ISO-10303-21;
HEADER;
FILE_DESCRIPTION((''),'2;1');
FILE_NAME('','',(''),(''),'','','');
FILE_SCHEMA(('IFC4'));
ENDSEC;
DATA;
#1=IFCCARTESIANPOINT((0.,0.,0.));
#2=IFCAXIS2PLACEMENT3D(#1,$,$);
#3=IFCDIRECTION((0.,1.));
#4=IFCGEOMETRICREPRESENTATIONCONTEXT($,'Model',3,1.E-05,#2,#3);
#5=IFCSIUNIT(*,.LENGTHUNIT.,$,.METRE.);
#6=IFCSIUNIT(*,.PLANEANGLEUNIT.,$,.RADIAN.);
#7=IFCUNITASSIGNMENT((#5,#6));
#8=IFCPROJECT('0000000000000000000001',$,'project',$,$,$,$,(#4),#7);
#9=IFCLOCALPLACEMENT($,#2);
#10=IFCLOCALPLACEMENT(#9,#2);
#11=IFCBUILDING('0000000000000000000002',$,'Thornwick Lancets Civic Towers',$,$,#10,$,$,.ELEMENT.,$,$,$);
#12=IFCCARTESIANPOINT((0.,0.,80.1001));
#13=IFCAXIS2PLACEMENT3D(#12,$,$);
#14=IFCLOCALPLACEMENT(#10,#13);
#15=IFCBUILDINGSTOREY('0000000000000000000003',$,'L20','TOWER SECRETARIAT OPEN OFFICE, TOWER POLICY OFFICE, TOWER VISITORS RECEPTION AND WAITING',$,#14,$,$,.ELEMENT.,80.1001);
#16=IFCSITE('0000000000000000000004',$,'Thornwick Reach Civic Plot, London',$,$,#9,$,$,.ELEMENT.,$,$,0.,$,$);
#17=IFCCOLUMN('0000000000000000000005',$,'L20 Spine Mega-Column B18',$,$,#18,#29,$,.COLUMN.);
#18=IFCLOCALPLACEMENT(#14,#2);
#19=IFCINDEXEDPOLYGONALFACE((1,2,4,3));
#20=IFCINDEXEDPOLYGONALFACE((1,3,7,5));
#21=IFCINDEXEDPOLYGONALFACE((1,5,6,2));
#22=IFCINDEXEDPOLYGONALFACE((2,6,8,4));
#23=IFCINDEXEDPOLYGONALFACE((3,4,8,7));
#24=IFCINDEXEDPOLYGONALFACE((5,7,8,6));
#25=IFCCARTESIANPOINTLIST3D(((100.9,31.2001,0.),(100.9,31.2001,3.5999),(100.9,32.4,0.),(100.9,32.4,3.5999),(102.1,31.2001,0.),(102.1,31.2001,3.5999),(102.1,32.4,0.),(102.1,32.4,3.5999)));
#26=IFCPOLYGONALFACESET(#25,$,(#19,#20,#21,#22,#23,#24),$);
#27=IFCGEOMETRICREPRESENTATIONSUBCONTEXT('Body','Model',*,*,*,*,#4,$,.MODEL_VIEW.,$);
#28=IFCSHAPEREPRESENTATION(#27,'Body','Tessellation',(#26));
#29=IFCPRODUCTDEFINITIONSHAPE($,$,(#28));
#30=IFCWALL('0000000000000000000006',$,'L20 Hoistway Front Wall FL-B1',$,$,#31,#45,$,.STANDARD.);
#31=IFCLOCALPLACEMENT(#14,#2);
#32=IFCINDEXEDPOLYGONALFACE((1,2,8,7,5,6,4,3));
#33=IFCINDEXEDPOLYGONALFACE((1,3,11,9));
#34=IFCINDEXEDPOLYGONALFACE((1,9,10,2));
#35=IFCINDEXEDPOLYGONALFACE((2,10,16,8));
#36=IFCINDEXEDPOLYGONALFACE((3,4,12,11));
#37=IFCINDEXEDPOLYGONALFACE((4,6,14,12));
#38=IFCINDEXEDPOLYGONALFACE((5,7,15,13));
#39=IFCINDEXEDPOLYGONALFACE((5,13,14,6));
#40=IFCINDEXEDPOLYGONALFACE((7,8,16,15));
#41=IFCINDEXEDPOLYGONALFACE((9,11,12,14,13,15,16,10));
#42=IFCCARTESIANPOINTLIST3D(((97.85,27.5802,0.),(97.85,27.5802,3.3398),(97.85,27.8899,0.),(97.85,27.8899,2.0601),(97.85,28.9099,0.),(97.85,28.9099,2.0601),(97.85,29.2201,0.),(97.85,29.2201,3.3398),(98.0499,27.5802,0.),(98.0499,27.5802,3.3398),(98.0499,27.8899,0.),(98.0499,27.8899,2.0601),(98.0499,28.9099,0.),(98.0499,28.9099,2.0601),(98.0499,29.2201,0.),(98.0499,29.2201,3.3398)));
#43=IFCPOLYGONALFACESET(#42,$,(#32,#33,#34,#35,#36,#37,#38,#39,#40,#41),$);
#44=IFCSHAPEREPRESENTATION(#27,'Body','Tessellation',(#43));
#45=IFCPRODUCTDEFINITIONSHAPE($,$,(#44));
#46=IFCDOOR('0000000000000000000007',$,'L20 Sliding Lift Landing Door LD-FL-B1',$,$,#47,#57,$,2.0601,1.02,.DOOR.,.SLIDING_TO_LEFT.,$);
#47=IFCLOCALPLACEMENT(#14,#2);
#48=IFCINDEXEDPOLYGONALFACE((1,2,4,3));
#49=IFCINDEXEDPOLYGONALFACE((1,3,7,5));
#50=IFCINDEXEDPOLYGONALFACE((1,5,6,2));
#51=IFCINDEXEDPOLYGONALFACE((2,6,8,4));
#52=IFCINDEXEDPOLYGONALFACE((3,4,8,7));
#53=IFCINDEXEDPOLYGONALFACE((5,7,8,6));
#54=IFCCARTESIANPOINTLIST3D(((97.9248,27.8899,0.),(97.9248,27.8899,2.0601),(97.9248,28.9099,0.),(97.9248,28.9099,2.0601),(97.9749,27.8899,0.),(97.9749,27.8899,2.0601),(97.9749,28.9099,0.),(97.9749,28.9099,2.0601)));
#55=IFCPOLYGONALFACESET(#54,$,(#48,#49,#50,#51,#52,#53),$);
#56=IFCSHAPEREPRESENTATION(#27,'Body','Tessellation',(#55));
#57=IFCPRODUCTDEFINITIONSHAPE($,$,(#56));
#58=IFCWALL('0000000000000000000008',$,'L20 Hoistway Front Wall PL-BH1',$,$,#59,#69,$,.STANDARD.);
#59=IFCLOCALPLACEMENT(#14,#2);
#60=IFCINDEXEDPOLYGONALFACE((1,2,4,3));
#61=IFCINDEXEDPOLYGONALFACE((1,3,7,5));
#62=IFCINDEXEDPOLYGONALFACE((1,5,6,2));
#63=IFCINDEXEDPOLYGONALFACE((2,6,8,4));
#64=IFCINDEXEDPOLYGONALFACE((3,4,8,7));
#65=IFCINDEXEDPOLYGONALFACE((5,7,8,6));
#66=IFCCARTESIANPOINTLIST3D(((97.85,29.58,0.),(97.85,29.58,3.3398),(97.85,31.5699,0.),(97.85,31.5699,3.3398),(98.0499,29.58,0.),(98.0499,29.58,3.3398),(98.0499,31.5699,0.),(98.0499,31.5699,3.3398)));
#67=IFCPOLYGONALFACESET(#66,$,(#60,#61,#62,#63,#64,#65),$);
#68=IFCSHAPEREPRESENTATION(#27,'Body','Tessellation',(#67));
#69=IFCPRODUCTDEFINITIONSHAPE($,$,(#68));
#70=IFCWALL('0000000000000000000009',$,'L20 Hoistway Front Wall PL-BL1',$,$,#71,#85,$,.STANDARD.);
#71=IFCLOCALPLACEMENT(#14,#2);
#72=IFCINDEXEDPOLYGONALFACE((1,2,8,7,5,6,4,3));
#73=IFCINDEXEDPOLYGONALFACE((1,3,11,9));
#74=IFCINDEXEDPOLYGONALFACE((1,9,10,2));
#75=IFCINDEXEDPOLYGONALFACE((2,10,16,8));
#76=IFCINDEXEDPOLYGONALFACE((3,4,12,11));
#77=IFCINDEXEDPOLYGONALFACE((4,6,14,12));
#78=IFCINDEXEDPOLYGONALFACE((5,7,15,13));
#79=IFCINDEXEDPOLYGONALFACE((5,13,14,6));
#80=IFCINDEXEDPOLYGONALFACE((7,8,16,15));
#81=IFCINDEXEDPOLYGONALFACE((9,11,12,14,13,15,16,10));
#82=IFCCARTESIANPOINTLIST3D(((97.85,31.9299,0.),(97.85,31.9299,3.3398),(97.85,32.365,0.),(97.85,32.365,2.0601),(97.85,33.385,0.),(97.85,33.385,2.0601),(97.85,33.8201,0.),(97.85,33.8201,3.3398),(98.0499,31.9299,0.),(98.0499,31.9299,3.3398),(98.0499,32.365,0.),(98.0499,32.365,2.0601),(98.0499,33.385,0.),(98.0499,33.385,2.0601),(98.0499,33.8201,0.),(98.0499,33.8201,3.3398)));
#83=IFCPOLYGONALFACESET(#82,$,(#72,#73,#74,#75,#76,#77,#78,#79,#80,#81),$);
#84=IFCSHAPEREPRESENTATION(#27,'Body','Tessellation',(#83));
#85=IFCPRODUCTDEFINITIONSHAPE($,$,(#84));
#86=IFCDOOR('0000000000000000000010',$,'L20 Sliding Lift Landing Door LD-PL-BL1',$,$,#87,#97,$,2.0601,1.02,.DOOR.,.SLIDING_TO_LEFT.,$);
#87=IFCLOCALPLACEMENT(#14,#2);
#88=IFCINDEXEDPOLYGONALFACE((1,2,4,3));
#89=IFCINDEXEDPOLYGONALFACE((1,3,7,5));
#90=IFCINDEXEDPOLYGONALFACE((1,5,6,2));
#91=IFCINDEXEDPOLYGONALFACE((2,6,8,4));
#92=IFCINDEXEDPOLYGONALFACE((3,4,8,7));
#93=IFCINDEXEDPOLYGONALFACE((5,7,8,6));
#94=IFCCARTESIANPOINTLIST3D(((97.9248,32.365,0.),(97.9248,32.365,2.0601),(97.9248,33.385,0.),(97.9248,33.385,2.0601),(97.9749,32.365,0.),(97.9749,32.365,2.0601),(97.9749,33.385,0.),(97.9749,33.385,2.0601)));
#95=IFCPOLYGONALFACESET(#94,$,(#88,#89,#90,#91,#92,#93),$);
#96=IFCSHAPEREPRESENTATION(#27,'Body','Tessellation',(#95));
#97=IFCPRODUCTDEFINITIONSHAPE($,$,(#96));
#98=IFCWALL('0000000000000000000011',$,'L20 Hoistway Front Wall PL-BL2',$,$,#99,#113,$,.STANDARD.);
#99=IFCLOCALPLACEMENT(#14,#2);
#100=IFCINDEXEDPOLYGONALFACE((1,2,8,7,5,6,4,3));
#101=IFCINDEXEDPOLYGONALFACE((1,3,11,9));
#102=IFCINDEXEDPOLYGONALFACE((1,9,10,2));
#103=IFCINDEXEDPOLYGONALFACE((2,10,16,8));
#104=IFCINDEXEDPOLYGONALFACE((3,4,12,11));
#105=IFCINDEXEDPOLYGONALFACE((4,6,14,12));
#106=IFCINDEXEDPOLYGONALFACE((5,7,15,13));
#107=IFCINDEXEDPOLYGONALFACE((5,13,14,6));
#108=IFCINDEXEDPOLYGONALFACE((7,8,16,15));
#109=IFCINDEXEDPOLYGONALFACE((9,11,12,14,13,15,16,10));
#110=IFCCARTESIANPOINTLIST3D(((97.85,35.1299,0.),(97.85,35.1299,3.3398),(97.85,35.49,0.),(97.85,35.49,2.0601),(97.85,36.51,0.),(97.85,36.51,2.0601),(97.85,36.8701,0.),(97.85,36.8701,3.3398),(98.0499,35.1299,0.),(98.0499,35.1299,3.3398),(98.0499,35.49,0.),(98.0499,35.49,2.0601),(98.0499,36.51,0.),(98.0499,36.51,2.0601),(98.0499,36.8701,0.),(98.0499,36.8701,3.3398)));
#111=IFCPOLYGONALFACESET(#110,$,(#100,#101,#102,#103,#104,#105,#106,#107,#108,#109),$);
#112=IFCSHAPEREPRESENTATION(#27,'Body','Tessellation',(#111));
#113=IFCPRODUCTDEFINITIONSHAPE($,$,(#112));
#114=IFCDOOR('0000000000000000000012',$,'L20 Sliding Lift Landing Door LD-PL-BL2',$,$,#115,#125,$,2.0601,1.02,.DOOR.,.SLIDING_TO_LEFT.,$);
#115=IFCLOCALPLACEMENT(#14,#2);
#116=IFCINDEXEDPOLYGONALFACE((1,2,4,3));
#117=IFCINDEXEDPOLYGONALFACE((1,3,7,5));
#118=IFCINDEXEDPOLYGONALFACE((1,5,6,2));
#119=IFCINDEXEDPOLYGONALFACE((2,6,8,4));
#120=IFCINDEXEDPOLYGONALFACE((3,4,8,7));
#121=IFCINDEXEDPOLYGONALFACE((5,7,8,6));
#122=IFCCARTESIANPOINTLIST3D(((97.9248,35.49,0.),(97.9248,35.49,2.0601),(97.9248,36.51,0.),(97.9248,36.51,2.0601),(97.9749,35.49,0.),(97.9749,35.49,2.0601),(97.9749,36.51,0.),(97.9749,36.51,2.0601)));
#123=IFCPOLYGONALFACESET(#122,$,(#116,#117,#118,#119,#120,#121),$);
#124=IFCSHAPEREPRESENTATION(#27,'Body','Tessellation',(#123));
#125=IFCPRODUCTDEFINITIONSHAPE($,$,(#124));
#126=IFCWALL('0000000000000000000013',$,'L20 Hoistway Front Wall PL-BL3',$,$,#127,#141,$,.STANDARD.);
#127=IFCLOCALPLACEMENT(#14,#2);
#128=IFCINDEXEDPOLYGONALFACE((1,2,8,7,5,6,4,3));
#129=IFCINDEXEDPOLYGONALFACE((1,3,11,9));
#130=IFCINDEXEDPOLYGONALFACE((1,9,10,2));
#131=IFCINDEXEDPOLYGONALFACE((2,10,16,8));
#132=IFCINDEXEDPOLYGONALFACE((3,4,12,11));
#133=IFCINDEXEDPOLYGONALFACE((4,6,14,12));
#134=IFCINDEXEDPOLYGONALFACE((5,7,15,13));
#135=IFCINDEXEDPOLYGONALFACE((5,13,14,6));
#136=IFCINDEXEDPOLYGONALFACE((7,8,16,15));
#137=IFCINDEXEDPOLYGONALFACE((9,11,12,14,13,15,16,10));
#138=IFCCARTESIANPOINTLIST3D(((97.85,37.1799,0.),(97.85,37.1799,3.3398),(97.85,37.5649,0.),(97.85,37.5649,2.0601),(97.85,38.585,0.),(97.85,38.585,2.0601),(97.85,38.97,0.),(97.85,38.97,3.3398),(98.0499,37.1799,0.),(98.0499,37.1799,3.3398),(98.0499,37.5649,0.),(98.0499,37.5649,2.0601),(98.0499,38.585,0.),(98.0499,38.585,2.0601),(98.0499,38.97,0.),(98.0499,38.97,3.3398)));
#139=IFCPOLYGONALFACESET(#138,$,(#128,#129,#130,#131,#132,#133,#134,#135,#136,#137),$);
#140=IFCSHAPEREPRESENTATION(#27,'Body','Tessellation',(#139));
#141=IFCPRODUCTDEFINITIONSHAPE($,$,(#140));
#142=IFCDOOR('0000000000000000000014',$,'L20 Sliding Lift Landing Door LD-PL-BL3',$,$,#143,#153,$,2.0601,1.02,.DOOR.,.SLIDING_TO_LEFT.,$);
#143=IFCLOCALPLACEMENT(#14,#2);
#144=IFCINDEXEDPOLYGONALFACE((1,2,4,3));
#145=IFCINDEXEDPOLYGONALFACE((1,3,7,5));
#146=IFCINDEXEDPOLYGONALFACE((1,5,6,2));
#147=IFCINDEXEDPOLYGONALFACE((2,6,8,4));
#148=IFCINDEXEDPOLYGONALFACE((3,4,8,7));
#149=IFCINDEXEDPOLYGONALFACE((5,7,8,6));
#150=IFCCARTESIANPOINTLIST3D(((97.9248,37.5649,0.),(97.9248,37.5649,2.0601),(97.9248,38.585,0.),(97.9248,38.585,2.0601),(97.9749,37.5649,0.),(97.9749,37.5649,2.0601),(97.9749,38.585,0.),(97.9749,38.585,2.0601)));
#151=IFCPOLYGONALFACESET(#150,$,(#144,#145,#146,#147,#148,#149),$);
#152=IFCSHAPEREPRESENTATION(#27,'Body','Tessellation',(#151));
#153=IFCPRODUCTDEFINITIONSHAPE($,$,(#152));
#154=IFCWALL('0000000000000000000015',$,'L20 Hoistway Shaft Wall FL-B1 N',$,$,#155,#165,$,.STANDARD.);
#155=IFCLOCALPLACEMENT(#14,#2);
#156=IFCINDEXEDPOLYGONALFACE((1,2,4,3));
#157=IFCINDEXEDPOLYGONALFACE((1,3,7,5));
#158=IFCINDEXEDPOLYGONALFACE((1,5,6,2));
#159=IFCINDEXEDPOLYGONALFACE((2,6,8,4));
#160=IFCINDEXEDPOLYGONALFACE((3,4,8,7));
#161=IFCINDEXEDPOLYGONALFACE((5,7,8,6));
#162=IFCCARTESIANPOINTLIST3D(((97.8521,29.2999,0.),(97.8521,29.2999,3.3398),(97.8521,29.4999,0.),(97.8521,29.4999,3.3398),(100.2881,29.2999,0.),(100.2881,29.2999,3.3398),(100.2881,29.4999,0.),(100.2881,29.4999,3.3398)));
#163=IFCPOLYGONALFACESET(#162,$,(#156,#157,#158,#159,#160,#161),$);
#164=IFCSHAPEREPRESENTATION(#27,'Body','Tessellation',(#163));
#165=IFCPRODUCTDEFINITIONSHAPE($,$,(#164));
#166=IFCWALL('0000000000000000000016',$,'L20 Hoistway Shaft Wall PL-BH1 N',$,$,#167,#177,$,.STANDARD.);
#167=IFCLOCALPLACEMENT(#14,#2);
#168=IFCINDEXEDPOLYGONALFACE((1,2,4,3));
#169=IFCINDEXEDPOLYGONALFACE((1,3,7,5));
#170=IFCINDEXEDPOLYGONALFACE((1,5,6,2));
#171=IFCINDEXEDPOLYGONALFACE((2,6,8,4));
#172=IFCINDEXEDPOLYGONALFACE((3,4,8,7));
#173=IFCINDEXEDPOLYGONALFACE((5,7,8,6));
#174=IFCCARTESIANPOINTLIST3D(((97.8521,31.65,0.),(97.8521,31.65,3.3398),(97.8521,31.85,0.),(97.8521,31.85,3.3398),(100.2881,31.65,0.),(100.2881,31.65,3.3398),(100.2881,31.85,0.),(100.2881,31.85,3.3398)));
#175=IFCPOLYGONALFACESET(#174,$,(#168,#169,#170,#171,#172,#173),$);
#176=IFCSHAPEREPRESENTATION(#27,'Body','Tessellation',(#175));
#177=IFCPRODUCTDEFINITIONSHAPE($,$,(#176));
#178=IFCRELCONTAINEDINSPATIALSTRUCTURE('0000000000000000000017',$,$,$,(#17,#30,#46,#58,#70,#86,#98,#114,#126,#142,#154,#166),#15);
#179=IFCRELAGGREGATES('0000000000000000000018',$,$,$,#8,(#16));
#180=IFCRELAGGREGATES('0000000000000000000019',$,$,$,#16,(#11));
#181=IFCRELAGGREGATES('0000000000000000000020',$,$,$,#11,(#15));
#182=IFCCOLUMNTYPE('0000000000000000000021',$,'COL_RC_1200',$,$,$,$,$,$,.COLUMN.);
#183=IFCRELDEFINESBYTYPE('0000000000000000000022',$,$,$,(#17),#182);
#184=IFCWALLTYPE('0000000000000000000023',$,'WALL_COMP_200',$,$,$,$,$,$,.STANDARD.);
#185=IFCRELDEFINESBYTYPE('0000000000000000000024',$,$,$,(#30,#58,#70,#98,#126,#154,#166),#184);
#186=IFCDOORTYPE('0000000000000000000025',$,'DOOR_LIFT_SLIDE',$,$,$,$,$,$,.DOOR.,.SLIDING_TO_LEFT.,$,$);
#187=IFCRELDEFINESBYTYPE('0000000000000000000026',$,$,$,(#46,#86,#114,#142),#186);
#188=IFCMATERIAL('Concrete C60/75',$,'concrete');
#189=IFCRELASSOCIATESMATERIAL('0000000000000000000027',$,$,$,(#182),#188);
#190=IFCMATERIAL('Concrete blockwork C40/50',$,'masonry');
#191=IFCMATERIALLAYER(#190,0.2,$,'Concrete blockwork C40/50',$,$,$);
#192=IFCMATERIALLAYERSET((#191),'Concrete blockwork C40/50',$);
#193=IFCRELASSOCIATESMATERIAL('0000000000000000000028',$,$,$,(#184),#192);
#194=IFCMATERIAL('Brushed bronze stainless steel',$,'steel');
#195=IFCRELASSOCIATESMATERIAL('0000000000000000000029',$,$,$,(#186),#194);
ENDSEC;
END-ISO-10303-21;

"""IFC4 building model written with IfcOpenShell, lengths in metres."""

from ifc_helpers import new_model, si_unit, direction, frame, frame_2d, origin, origin_2d, place, context, subcontext, project, spatial, rectangle, extrude, material, layer, layer_set, material_profile, profile_set, type_object, element, fill, save


model = new_model("IFC4")

# Units and contexts
model_context = context("Model", 3, precision=1e-05, world=origin(), true_north=direction((0.0, 1.0)))
body_context = subcontext(model_context, "Body", "Model", "MODEL_VIEW")
ifc_project = project(units=[si_unit("LENGTHUNIT", "METRE"), si_unit("PLANEANGLEUNIT", "RADIAN")], contexts=[model_context])

# Site, building, storey
site_placement = place(None, origin())
site = spatial("IfcSite", under=ifc_project, at=site_placement, Name="Thornwick Reach Civic Plot, London", CompositionType="ELEMENT", RefElevation=0.0)
building_placement = place(site_placement, origin())
building = spatial("IfcBuilding", under=site, at=building_placement, Name="Thornwick Lancets Civic Towers", CompositionType="ELEMENT")
storey_placement = place(building_placement, frame((0.0, 0.0, 80.1001)))
storey = spatial("IfcBuildingStorey", under=building, at=storey_placement, Name="L20", Description="TOWER SECRETARIAT OPEN OFFICE, TOWER POLICY OFFICE, TOWER VISITORS RECEPTION AND WAITING", CompositionType="ELEMENT", Elevation=80.1001)

# Column
ifc_material_1 = material(Name="Concrete C60/75", Category="concrete")
ifc_material_profile = material_profile(ifc_material_1, rectangle(XDim=1.2, YDim=1.2, at=origin_2d()), Name="RC 1200x1200")
ifc_profile_set = profile_set([ifc_material_profile], Name="Concrete C60/75")
column_type = type_object("IfcColumnType", Name="COL_RC_1200", PredefinedType="COLUMN", material=ifc_profile_set)
column_placement = place(storey_placement, frame((101.5, 31.8, 0.0), z_axis=(0.0, 0.0, 1.0), x_axis=(1.0, 0.0, 0.0)))
element("IfcColumn", 1, at=column_placement, inside=storey, type_object=column_type, Name="L20 Spine Mega-Column B18", PredefinedType="COLUMN", context=body_context, shape_type="SweptSolid", body=[
    extrude(rectangle(XDim=1.2, YDim=1.2, at=origin_2d()), origin(), (0.0, 0.0, 1.0), 3.5999),
])

# Wall, opening, door
ifc_material_2 = material(Name="Concrete blockwork C40/50", Category="masonry")
ifc_layer = layer(ifc_material_2, 0.2, Name="Concrete blockwork C40/50")
ifc_layer_set = layer_set([ifc_layer], Name="Concrete blockwork C40/50")
wall_type = type_object("IfcWallType", Name="WALL_COMP_200", PredefinedType="STANDARD", material=ifc_layer_set)
wall_1_placement = place(storey_placement, frame((97.95, 29.22, 0.0), z_axis=(0.0, 0.0, 1.0), x_axis=(0.0, -1.0, 0.0)))
wall_1 = element("IfcWall", 2, at=wall_1_placement, inside=storey, type_object=wall_type, Name="L20 Hoistway Front Wall FL-B1", PredefinedType="STANDARD", context=body_context, shape_type="SweptSolid", body=[
    extrude(rectangle(XDim=1.6399, YDim=0.2, at=frame_2d((0.8198, 0.0))), origin(), (0.0, 0.0, 1.0), 3.3398),
])
opening_1_placement = place(wall_1_placement, frame((0.3101, 0.0, 0.0)))
opening_1 = element("IfcOpeningElement", 3, at=opening_1_placement, cuts=wall_1, PredefinedType="OPENING", context=body_context, shape_type="SweptSolid", body=[
    extrude(rectangle(XDim=1.02, YDim=2.0601, at=frame_2d((0.51, 1.03))), frame((0.0, 0.1099, 0.0), z_axis=(0.0, -1.0, 0.0), x_axis=(1.0, 0.0, 0.0)), (0.0, 0.0, 1.0), 0.22),
])
ifc_material_3 = material(Name="Brushed bronze stainless steel", Category="steel")
door_type = type_object("IfcDoorType", Name="DOOR_LIFT_SLIDE", OperationType="SLIDING_TO_LEFT", PredefinedType="DOOR", material=ifc_material_3)
door_1_placement = place(opening_1_placement, origin())
door_1 = element("IfcDoor", 4, at=door_1_placement, inside=storey, type_object=door_type, Name="L20 Sliding Lift Landing Door LD-FL-B1", OperationType="SLIDING_TO_LEFT", OverallHeight=2.0601, OverallWidth=1.02, PredefinedType="DOOR", context=body_context, shape_type="SweptSolid", body=[
    extrude(rectangle(XDim=1.02, YDim=2.0601, at=frame_2d((0.51, 1.03))), frame((0.0, 0.0249, 0.0), z_axis=(0.0, -1.0, 0.0), x_axis=(1.0, 0.0, 0.0)), (0.0, 0.0, 1.0), 0.05),
])
fill(opening_1, door_1)

# Wall
wall_2_placement = place(storey_placement, frame((97.95, 31.5701, 0.0), z_axis=(0.0, 0.0, 1.0), x_axis=(0.0, -1.0, 0.0)))
element("IfcWall", 5, at=wall_2_placement, inside=storey, type_object=wall_type, Name="L20 Hoistway Front Wall PL-BH1", PredefinedType="STANDARD", context=body_context, shape_type="SweptSolid", body=[
    extrude(rectangle(XDim=1.99, YDim=0.2, at=frame_2d((0.9951, 0.0))), origin(), (0.0, 0.0, 1.0), 3.3398),
])

# Walls, openings, doors
wall_3_placement = place(storey_placement, frame((97.95, 33.8201, 0.0), z_axis=(0.0, 0.0, 1.0), x_axis=(0.0, -1.0, 0.0)))
wall_3 = element("IfcWall", 6, at=wall_3_placement, inside=storey, type_object=wall_type, Name="L20 Hoistway Front Wall PL-BL1", PredefinedType="STANDARD", context=body_context, shape_type="SweptSolid", body=[
    extrude(rectangle(XDim=1.8901, YDim=0.2, at=frame_2d((0.9451, 0.0))), origin(), (0.0, 0.0, 1.0), 3.3398),
])
opening_2_placement = place(wall_3_placement, frame((0.4351, 0.0, 0.0)))
opening_2 = element("IfcOpeningElement", 7, at=opening_2_placement, cuts=wall_3, PredefinedType="OPENING", context=body_context, shape_type="SweptSolid", body=[
    extrude(rectangle(XDim=1.02, YDim=2.0601, at=frame_2d((0.51, 1.03))), frame((0.0, 0.1099, 0.0), z_axis=(0.0, -1.0, 0.0), x_axis=(1.0, 0.0, 0.0)), (0.0, 0.0, 1.0), 0.22),
])
door_2_placement = place(opening_2_placement, origin())
door_2 = element("IfcDoor", 8, at=door_2_placement, inside=storey, type_object=door_type, Name="L20 Sliding Lift Landing Door LD-PL-BL1", OperationType="SLIDING_TO_LEFT", OverallHeight=2.0601, OverallWidth=1.02, PredefinedType="DOOR", context=body_context, shape_type="SweptSolid", body=[
    extrude(rectangle(XDim=1.02, YDim=2.0601, at=frame_2d((0.51, 1.03))), frame((0.0, 0.0249, 0.0), z_axis=(0.0, -1.0, 0.0), x_axis=(1.0, 0.0, 0.0)), (0.0, 0.0, 1.0), 0.05),
])
fill(opening_2, door_2)
wall_4_placement = place(storey_placement, frame((97.95, 36.8701, 0.0), z_axis=(0.0, 0.0, 1.0), x_axis=(0.0, -1.0, 0.0)))
wall_4 = element("IfcWall", 9, at=wall_4_placement, inside=storey, type_object=wall_type, Name="L20 Hoistway Front Wall PL-BL2", PredefinedType="STANDARD", context=body_context, shape_type="SweptSolid", body=[
    extrude(rectangle(XDim=1.7402, YDim=0.2, at=frame_2d((0.8701, 0.0))), origin(), (0.0, 0.0, 1.0), 3.3398),
])
opening_3_placement = place(wall_4_placement, frame((0.3601, 0.0, 0.0)))
opening_3 = element("IfcOpeningElement", 10, at=opening_3_placement, cuts=wall_4, PredefinedType="OPENING", context=body_context, shape_type="SweptSolid", body=[
    extrude(rectangle(XDim=1.02, YDim=2.0601, at=frame_2d((0.51, 1.03))), frame((0.0, 0.1099, 0.0), z_axis=(0.0, -1.0, 0.0), x_axis=(1.0, 0.0, 0.0)), (0.0, 0.0, 1.0), 0.22),
])
door_3_placement = place(opening_3_placement, origin())
door_3 = element("IfcDoor", 11, at=door_3_placement, inside=storey, type_object=door_type, Name="L20 Sliding Lift Landing Door LD-PL-BL2", OperationType="SLIDING_TO_LEFT", OverallHeight=2.0601, OverallWidth=1.02, PredefinedType="DOOR", context=body_context, shape_type="SweptSolid", body=[
    extrude(rectangle(XDim=1.02, YDim=2.0601, at=frame_2d((0.51, 1.03))), frame((0.0, 0.0249, 0.0), z_axis=(0.0, -1.0, 0.0), x_axis=(1.0, 0.0, 0.0)), (0.0, 0.0, 1.0), 0.05),
])
fill(opening_3, door_3)
wall_5_placement = place(storey_placement, frame((97.95, 38.97, 0.0), z_axis=(0.0, 0.0, 1.0), x_axis=(0.0, -1.0, 0.0)))
wall_5 = element("IfcWall", 12, at=wall_5_placement, inside=storey, type_object=wall_type, Name="L20 Hoistway Front Wall PL-BL3", PredefinedType="STANDARD", context=body_context, shape_type="SweptSolid", body=[
    extrude(rectangle(XDim=1.79, YDim=0.2, at=frame_2d((0.895, 0.0))), origin(), (0.0, 0.0, 1.0), 3.3398),
])
opening_4_placement = place(wall_5_placement, frame((0.385, 0.0, 0.0)))
opening_4 = element("IfcOpeningElement", 13, at=opening_4_placement, cuts=wall_5, PredefinedType="OPENING", context=body_context, shape_type="SweptSolid", body=[
    extrude(rectangle(XDim=1.02, YDim=2.0601, at=frame_2d((0.51, 1.03))), frame((0.0, 0.1099, 0.0), z_axis=(0.0, -1.0, 0.0), x_axis=(1.0, 0.0, 0.0)), (0.0, 0.0, 1.0), 0.22),
])
door_4_placement = place(opening_4_placement, origin())
door_4 = element("IfcDoor", 14, at=door_4_placement, inside=storey, type_object=door_type, Name="L20 Sliding Lift Landing Door LD-PL-BL3", OperationType="SLIDING_TO_LEFT", OverallHeight=2.0601, OverallWidth=1.02, PredefinedType="DOOR", context=body_context, shape_type="SweptSolid", body=[
    extrude(rectangle(XDim=1.02, YDim=2.0601, at=frame_2d((0.51, 1.03))), frame((0.0, 0.0249, 0.0), z_axis=(0.0, -1.0, 0.0), x_axis=(1.0, 0.0, 0.0)), (0.0, 0.0, 1.0), 0.05),
])
fill(opening_4, door_4)

# Walls
for number, where, z_axis, x_axis, name in (
    (15, (97.8521, 29.3999, 0.0), (0.0, 0.0, 1.0), (1.0, 0.0, 0.0), "L20 Hoistway Shaft Wall FL-B1 N"),
    (16, (97.8521, 31.75, 0.0), (0.0, 0.0, 1.0), (1.0, 0.0, 0.0), "L20 Hoistway Shaft Wall PL-BH1 N"),
):
    element("IfcWall", number, at=place(storey_placement, frame(where, z_axis=z_axis, x_axis=x_axis)), inside=storey, type_object=wall_type, Name=name, PredefinedType="STANDARD", context=body_context, shape_type="SweptSolid", body=[
        extrude(rectangle(XDim=2.436, YDim=0.2, at=frame_2d((1.218, 0.0))), origin(), (0.0, 0.0, 1.0), 3.3398),
    ])

save(model, "model.ifc")
